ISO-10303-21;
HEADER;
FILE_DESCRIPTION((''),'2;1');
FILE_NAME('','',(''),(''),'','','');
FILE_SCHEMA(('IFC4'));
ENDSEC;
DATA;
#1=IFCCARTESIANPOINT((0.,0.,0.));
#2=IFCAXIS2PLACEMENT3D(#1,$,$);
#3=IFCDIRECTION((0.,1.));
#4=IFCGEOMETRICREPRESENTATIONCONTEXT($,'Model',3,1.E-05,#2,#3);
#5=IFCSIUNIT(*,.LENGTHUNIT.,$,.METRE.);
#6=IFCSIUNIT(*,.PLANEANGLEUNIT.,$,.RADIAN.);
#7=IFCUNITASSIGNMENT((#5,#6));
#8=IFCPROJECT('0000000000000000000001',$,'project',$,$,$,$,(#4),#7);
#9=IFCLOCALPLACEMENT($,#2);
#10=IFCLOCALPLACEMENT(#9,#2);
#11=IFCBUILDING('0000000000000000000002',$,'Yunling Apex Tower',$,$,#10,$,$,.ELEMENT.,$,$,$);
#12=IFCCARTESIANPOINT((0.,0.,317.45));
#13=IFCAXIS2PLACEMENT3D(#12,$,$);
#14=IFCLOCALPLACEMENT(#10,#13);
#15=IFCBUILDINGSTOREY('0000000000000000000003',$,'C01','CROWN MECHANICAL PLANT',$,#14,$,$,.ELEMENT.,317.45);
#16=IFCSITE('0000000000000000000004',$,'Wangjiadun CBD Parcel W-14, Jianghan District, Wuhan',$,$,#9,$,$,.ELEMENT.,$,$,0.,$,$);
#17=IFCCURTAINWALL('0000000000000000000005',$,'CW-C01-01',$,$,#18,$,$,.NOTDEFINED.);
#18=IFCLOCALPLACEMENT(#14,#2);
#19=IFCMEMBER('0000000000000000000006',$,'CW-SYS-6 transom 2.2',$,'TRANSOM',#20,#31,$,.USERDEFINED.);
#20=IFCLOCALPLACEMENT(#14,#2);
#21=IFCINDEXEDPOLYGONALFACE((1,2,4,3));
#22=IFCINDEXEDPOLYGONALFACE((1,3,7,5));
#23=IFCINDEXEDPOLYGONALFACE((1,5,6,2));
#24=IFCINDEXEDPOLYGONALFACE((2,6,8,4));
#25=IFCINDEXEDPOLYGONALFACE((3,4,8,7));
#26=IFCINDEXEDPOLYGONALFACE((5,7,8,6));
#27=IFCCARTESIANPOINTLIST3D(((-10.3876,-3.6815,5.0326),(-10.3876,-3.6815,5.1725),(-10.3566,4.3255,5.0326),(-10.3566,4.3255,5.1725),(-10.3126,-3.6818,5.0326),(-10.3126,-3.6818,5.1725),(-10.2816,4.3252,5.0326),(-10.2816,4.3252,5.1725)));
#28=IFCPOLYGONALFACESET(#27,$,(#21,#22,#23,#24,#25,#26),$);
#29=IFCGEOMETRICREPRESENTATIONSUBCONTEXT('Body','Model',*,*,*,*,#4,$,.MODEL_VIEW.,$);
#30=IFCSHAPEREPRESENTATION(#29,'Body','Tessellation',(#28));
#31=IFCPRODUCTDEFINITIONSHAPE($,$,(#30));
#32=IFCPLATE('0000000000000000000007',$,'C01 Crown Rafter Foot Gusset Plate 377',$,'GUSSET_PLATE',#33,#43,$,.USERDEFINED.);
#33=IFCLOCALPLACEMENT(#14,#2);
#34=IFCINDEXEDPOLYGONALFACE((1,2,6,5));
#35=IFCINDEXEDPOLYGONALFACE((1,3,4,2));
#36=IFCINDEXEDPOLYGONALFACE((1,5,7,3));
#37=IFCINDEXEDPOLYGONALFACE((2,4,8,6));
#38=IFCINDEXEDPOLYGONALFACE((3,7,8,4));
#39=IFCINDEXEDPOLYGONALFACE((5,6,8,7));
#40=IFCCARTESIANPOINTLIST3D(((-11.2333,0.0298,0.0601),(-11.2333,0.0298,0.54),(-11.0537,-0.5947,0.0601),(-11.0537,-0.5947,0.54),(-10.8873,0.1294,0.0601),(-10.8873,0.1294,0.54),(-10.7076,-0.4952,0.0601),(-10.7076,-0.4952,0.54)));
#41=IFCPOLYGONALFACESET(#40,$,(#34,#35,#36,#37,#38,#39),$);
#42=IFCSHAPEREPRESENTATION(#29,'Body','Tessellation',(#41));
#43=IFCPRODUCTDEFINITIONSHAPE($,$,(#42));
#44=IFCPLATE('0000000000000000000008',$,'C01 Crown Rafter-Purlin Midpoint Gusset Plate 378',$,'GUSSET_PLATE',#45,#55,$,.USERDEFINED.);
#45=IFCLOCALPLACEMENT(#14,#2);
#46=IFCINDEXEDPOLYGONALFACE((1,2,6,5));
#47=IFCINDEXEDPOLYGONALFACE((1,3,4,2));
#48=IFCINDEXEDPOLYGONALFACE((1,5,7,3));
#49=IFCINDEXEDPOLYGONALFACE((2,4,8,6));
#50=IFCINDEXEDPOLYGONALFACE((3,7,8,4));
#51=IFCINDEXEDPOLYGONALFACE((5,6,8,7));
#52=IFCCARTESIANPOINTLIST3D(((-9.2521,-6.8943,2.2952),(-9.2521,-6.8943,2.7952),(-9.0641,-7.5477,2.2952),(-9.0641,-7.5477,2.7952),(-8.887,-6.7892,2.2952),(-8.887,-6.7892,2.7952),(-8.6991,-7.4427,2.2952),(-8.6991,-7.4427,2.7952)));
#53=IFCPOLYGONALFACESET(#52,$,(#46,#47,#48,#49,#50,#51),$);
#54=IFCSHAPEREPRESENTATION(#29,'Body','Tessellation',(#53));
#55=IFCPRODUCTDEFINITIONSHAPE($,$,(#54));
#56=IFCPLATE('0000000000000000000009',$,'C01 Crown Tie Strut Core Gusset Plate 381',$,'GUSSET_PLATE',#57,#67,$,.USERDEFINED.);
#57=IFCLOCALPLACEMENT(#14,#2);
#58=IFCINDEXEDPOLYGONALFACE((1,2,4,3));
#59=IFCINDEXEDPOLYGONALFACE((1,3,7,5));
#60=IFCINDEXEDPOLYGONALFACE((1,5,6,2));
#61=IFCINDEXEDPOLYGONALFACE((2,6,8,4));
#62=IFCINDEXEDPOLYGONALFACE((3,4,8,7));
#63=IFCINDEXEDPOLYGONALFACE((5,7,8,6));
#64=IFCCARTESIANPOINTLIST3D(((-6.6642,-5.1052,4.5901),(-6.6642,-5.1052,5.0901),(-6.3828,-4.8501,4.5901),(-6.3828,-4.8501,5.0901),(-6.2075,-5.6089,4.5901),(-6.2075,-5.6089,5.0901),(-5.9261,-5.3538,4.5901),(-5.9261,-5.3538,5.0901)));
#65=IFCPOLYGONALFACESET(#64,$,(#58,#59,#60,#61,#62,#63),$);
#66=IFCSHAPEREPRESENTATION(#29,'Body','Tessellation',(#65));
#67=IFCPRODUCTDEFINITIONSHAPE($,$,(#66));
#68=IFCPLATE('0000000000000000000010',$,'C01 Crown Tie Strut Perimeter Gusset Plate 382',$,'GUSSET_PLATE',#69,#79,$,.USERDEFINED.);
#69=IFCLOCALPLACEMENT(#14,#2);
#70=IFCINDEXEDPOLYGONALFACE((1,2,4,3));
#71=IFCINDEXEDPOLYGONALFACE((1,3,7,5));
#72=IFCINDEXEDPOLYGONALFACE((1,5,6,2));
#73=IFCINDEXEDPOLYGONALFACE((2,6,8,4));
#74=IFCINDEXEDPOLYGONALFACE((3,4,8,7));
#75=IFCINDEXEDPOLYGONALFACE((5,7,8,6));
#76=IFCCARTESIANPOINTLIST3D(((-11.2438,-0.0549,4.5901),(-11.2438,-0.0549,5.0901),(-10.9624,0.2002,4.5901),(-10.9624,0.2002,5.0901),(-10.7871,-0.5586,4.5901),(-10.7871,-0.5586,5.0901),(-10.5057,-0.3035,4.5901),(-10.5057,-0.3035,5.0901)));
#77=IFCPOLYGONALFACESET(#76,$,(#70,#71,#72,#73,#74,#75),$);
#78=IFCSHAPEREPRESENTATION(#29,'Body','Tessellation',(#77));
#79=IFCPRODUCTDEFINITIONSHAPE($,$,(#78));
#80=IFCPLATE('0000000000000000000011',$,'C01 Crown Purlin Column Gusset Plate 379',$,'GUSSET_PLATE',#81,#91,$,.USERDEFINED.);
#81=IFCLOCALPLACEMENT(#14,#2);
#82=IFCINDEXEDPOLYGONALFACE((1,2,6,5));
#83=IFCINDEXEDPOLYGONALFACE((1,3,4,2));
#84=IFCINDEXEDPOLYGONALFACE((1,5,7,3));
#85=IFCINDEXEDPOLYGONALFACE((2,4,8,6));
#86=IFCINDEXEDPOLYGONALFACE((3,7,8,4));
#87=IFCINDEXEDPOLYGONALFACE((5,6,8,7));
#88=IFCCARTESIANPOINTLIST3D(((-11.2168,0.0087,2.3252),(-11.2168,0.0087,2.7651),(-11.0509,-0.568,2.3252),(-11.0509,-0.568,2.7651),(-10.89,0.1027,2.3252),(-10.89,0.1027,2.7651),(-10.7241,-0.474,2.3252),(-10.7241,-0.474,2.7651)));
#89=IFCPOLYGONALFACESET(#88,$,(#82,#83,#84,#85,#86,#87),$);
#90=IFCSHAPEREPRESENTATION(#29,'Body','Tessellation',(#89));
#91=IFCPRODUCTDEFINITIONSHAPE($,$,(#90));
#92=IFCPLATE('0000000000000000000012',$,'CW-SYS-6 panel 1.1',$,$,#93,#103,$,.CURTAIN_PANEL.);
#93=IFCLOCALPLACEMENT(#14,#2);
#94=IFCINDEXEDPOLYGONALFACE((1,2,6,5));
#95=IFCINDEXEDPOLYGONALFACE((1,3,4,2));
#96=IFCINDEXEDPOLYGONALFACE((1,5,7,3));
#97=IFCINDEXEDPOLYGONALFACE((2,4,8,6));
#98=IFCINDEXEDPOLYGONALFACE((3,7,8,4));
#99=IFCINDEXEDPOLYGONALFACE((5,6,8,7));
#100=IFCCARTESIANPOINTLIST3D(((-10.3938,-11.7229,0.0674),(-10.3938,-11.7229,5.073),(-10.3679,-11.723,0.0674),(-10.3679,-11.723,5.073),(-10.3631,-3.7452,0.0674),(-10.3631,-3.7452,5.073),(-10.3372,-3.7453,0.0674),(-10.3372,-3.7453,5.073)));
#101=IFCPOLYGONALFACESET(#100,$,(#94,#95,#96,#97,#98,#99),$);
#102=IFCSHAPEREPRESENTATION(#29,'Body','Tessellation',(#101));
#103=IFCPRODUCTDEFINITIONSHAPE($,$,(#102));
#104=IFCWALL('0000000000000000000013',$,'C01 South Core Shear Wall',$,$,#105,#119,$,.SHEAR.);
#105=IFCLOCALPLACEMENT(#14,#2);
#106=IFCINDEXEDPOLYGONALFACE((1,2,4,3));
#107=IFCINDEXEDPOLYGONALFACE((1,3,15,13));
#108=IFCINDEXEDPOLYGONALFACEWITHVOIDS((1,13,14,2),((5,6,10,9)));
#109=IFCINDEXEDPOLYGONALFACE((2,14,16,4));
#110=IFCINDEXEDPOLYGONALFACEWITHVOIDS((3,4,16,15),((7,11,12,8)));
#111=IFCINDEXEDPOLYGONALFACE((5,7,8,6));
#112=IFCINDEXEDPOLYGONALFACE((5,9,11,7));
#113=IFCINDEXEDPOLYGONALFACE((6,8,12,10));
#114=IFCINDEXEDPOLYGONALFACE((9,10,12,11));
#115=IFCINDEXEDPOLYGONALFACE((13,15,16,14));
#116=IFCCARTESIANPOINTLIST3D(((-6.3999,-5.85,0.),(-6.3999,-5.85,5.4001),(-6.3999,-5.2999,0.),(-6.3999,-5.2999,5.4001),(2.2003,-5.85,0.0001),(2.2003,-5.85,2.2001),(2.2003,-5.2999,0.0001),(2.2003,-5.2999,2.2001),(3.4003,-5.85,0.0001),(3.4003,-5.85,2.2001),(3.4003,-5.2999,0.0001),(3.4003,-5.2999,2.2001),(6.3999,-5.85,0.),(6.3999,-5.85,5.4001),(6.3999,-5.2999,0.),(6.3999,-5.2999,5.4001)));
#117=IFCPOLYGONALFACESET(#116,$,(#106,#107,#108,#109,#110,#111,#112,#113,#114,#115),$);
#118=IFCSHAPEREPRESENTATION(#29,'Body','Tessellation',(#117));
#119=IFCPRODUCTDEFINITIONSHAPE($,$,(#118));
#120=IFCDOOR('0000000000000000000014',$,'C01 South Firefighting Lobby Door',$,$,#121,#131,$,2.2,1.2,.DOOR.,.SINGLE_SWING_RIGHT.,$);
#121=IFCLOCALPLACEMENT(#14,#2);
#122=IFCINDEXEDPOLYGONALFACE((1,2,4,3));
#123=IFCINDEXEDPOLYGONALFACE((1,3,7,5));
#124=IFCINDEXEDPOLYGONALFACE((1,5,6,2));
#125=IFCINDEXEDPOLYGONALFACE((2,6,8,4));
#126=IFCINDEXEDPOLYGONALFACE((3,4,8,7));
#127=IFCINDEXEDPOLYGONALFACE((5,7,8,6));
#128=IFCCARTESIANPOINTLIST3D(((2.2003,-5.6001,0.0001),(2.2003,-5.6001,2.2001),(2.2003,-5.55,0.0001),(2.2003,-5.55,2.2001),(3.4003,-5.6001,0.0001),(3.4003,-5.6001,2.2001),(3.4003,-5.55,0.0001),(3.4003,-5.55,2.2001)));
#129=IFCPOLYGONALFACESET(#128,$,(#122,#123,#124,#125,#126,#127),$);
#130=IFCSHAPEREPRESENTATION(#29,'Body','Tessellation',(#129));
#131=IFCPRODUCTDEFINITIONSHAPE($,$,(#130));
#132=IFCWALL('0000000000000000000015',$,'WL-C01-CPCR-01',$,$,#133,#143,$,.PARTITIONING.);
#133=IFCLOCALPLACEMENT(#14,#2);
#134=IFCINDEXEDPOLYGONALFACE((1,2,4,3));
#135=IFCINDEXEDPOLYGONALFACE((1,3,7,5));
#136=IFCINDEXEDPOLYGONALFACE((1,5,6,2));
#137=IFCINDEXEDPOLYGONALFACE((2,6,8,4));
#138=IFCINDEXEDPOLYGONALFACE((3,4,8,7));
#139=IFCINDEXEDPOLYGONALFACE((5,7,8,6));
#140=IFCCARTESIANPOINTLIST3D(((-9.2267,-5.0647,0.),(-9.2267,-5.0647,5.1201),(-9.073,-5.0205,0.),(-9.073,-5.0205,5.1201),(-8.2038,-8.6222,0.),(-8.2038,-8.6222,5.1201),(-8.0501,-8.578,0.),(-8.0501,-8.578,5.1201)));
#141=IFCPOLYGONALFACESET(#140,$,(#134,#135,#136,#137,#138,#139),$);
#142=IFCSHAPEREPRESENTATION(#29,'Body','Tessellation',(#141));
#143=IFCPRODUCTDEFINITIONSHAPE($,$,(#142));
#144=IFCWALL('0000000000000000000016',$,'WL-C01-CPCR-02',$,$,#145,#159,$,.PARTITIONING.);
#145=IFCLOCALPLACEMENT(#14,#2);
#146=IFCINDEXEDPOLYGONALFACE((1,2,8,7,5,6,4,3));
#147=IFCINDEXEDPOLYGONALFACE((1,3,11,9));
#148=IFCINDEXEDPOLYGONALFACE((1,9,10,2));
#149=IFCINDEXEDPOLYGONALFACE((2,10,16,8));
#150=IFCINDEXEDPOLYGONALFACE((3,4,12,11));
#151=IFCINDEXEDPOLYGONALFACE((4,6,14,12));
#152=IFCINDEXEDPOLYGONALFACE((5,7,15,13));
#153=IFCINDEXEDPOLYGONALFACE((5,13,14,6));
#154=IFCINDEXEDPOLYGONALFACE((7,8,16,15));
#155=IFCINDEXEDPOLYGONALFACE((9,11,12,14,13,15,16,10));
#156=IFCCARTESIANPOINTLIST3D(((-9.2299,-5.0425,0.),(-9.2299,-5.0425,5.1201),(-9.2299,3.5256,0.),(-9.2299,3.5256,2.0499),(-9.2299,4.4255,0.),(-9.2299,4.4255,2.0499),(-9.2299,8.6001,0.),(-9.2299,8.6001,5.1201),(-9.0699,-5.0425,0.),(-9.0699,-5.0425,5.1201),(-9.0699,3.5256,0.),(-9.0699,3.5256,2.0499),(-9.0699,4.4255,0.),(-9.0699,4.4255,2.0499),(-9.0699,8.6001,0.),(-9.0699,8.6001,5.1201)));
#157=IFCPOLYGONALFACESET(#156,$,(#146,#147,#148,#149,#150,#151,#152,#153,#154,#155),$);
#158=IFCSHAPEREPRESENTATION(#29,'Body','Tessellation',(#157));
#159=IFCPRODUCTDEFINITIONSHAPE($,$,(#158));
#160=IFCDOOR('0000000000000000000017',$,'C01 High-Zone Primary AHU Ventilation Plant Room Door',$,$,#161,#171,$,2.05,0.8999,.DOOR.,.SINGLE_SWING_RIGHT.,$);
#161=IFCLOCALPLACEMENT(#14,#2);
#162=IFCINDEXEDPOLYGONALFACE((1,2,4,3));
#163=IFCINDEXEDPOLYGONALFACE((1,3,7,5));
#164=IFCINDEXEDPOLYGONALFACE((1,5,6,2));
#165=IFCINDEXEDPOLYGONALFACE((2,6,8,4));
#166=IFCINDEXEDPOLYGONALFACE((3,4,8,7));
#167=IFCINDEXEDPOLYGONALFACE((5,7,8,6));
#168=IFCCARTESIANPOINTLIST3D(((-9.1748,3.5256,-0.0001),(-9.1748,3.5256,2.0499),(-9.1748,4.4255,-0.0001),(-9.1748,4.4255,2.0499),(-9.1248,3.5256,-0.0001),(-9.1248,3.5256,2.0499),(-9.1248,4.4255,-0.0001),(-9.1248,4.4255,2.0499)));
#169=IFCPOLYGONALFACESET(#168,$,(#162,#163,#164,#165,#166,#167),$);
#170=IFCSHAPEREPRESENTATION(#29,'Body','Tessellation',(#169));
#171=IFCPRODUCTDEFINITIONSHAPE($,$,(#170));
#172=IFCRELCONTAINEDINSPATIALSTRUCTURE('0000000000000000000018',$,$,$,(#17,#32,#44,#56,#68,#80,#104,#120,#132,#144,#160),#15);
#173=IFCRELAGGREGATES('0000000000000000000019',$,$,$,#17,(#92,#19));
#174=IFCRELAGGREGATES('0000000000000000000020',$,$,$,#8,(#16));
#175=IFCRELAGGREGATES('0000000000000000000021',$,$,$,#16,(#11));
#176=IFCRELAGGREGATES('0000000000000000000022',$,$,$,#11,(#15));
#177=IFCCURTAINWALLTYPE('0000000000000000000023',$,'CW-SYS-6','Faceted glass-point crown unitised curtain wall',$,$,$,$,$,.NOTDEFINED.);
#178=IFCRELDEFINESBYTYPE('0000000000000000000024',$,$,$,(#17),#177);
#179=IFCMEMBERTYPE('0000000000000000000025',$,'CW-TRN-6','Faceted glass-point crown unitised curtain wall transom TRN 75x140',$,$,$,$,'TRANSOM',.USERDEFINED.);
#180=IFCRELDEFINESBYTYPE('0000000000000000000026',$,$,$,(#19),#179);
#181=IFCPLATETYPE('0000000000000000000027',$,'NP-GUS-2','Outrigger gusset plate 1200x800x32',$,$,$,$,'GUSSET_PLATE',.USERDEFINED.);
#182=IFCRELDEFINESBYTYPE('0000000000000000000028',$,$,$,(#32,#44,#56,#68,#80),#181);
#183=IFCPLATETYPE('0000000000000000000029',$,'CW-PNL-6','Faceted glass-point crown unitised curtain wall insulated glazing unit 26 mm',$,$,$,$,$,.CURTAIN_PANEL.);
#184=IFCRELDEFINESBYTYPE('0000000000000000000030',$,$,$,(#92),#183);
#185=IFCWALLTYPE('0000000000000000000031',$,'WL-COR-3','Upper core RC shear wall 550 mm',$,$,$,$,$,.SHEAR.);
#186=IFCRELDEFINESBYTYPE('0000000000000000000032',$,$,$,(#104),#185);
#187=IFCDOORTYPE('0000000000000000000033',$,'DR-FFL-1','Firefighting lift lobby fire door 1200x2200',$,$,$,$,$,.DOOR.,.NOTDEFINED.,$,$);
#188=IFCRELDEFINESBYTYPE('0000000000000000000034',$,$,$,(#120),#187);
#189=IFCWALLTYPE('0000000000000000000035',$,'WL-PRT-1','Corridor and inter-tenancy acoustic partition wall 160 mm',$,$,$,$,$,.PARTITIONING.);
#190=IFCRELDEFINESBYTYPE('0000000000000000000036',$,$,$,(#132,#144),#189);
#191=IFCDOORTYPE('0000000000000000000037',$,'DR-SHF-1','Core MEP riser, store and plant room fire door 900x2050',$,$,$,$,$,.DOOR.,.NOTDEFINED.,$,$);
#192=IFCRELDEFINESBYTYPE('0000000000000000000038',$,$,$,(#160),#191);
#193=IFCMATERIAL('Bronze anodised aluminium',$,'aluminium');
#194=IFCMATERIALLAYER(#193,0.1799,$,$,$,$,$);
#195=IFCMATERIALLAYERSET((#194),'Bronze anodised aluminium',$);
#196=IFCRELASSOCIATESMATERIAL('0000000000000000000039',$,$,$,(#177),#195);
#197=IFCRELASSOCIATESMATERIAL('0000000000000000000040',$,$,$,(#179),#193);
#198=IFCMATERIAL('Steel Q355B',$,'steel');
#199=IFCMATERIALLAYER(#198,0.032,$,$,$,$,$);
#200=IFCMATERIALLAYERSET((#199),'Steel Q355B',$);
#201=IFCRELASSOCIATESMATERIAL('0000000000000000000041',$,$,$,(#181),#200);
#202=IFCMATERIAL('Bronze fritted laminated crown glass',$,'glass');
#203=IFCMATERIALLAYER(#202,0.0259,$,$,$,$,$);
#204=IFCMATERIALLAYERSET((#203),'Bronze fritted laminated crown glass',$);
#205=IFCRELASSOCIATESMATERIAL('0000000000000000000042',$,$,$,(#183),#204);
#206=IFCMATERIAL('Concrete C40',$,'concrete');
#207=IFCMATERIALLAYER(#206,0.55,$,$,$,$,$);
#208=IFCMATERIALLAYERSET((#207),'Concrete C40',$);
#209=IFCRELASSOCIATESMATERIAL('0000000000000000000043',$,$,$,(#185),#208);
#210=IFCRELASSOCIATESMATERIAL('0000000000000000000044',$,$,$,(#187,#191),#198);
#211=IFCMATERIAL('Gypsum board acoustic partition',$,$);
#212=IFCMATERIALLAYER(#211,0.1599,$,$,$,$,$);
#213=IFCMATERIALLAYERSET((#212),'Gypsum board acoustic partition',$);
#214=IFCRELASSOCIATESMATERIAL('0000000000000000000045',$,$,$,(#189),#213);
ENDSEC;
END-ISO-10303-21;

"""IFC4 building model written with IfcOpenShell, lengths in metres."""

from ifc_helpers import new_model, si_unit, direction, frame, frame_2d, origin, origin_2d, place, context, subcontext, project, spatial, rectangle, extrude, source, transform, mapped, material, layer, layer_set, material_profile, profile_set, type_object, element, fill, aggregate, save


model = new_model("IFC4")

# Units and contexts
model_context = context("Model", 3, precision=1e-05, world=origin(), true_north=direction((0.0, 1.0)))
body_context = subcontext(model_context, "Body", "Model", "MODEL_VIEW")
ifc_project = project(units=[si_unit("LENGTHUNIT", "METRE"), si_unit("PLANEANGLEUNIT", "RADIAN")], contexts=[model_context])

# Site, building, storey
site_placement = place(None, origin())
site = spatial("IfcSite", under=ifc_project, at=site_placement, Name="Wangjiadun CBD Parcel W-14, Jianghan District, Wuhan", CompositionType="ELEMENT", RefElevation=0.0)
building_placement = place(site_placement, origin())
building = spatial("IfcBuilding", under=site, at=building_placement, Name="Yunling Apex Tower", CompositionType="ELEMENT")
storey_placement = place(building_placement, frame((0.0, 0.0, 317.45)))
storey = spatial("IfcBuildingStorey", under=building, at=storey_placement, Name="C01", Description="CROWN MECHANICAL PLANT", CompositionType="ELEMENT", Elevation=317.45)

# Shared definitions
ifc_material_1 = material(Name="Steel Q355B", Category="steel")

# Curtain wall, member
ifc_material_2 = material(Name="Bronze anodised aluminium", Category="aluminium")
ifc_layer_1 = layer(ifc_material_2, 0.1799)
ifc_layer_set_1 = layer_set([ifc_layer_1], Name="Bronze anodised aluminium")
curtain_wall_type = type_object("IfcCurtainWallType", Name="CW-SYS-6", Description="Faceted glass-point crown unitised curtain wall", PredefinedType="NOTDEFINED", material=ifc_layer_set_1)
curtain_wall_placement = place(storey_placement, origin())
curtain_wall = element("IfcCurtainWall", 1, at=curtain_wall_placement, inside=storey, type_object=curtain_wall_type, Name="CW-C01-01", PredefinedType="NOTDEFINED")
ifc_material_profile_1 = material_profile(ifc_material_2, rectangle(XDim=0.075, YDim=0.1399, at=origin_2d()))
ifc_profile_set_1 = profile_set([ifc_material_profile_1], Name="Bronze anodised aluminium")
member_type_1 = type_object("IfcMemberType", Name="CW-TRN-6", Description="Faceted glass-point crown unitised curtain wall transom TRN 75x140", ElementType="TRANSOM", PredefinedType="USERDEFINED", material=ifc_profile_set_1)
shared_shape_1 = source(origin(), body_context, "Body", "SweptSolid", [
    extrude(rectangle(XDim=0.075, YDim=0.1399, at=origin_2d()), origin(), (0.0, 0.0, 1.0), 8.0071),
])
member_1_placement = place(storey_placement, frame((-10.3501, -3.6816, 5.1025), z_axis=(0.003872, 0.999993, 0.0), x_axis=(-0.999993, 0.003872, 0.0)))
member_1 = element("IfcMember", 2, at=member_1_placement, type_object=member_type_1, Name="CW-SYS-6 transom 2.2", ObjectType="TRANSOM", PredefinedType="USERDEFINED", context=body_context, shape_type="MappedRepresentation", body=[
    mapped(shared_shape_1, transform((0.0, 0.0, 0.0), scale=1.0)),
])

# Plates
ifc_layer_2 = layer(ifc_material_1, 0.032)
ifc_layer_set_2 = layer_set([ifc_layer_2], Name="Steel Q355B")
plate_type_1 = type_object("IfcPlateType", Name="NP-GUS-2", Description="Outrigger gusset plate 1200x800x32", ElementType="GUSSET_PLATE", PredefinedType="USERDEFINED", material=ifc_layer_set_2)
shared_shape_2 = source(origin(), body_context, "Body", "SweptSolid", [
    extrude(rectangle(XDim=0.6499, YDim=0.3601, at=origin_2d()), origin(), (0.0, 0.0, 1.0), 0.48),
])
plate_1_placement = place(storey_placement, frame((-10.9705, -0.2327, 0.0601), z_axis=(0.0, 0.0, 1.0), x_axis=(0.276476, -0.961021, 0.0)))
element("IfcPlate", 3, at=plate_1_placement, inside=storey, type_object=plate_type_1, Name="C01 Crown Rafter Foot Gusset Plate 377", ObjectType="GUSSET_PLATE", PredefinedType="USERDEFINED", context=body_context, shape_type="MappedRepresentation", body=[
    mapped(shared_shape_2, transform((0.0, 0.0, 0.0), scale=1.0)),
])
shared_shape_3 = source(origin(), body_context, "Body", "SweptSolid", [
    extrude(rectangle(XDim=0.6799, YDim=0.3799, at=origin_2d()), origin(), (0.0, 0.0, 1.0), 0.5),
])
for number, where, z_axis, x_axis, name in (
    (4, (-8.9756, -7.1685, 2.2952), (0.0, 0.0, 1.0), (0.276476, -0.961021, 0.0), "C01 Crown Rafter-Purlin Midpoint Gusset Plate 378"),
    (5, (-6.2952, -5.2295, 4.5901), (0.0, 0.0, 1.0), (-0.671721, 0.740805, 0.0), "C01 Crown Tie Strut Core Gusset Plate 381"),
    (6, (-10.8748, -0.1792, 4.5901), (0.0, 0.0, 1.0), (-0.671721, 0.740805, 0.0), "C01 Crown Tie Strut Perimeter Gusset Plate 382"),
):
    element("IfcPlate", number, at=place(storey_placement, frame(where, z_axis=z_axis, x_axis=x_axis)), inside=storey, type_object=plate_type_1, Name=name, ObjectType="GUSSET_PLATE", PredefinedType="USERDEFINED", context=body_context, shape_type="MappedRepresentation", body=[
        mapped(shared_shape_3, transform((0.0, 0.0, 0.0), scale=1.0)),
    ])
shared_shape_4 = source(origin(), body_context, "Body", "SweptSolid", [
    extrude(rectangle(XDim=0.6001, YDim=0.3401, at=origin_2d()), origin(), (0.0, 0.0, 1.0), 0.4399),
])
plate_2_placement = place(storey_placement, frame((-10.9705, -0.2327, 2.3252), z_axis=(0.0, 0.0, 1.0), x_axis=(0.276476, -0.961021, 0.0)))
element("IfcPlate", 7, at=plate_2_placement, inside=storey, type_object=plate_type_1, Name="C01 Crown Purlin Column Gusset Plate 379", ObjectType="GUSSET_PLATE", PredefinedType="USERDEFINED", context=body_context, shape_type="MappedRepresentation", body=[
    mapped(shared_shape_4, transform((0.0, 0.0, 0.0), scale=1.0)),
])

# Plate
ifc_material_3 = material(Name="Bronze fritted laminated crown glass", Category="glass")
ifc_layer_3 = layer(ifc_material_3, 0.0259)
ifc_layer_set_3 = layer_set([ifc_layer_3], Name="Bronze fritted laminated crown glass")
plate_type_2 = type_object("IfcPlateType", Name="CW-PNL-6", Description="Faceted glass-point crown unitised curtain wall insulated glazing unit 26 mm", PredefinedType="CURTAIN_PANEL", material=ifc_layer_set_3)
shared_shape_5 = source(origin(), body_context, "Body", "SweptSolid", [
    extrude(rectangle(XDim=7.9778, YDim=0.0259, at=origin_2d()), origin(), (0.0, 0.0, 1.0), 5.0056),
])
plate_3_placement = place(storey_placement, frame((-10.3655, -7.7341, 0.0674), z_axis=(0.0, 0.0, 1.0), x_axis=(0.003847, 0.999993, 0.0)))
plate_3 = element("IfcPlate", 8, at=plate_3_placement, type_object=plate_type_2, Name="CW-SYS-6 panel 1.1", PredefinedType="CURTAIN_PANEL", context=body_context, shape_type="MappedRepresentation", body=[
    mapped(shared_shape_5, transform((0.0, 0.0, 0.0), scale=1.0)),
])
aggregate(curtain_wall, [plate_3, member_1])

# Wall, opening, door
ifc_material_4 = material(Name="Concrete C40", Category="concrete")
ifc_layer_4 = layer(ifc_material_4, 0.55)
ifc_layer_set_4 = layer_set([ifc_layer_4], Name="Concrete C40")
wall_type_1 = type_object("IfcWallType", Name="WL-COR-3", Description="Upper core RC shear wall 550 mm", PredefinedType="SHEAR", material=ifc_layer_set_4)
wall_1_placement = place(storey_placement, frame((-6.3999, -5.575, 0.0), z_axis=(0.0, 0.0, 1.0), x_axis=(1.0, 0.0, 0.0)))
wall_1 = element("IfcWall", 9, at=wall_1_placement, inside=storey, type_object=wall_type_1, Name="C01 South Core Shear Wall", PredefinedType="SHEAR", context=body_context, shape_type="SweptSolid", body=[
    extrude(rectangle(XDim=12.7998, YDim=0.55, at=frame_2d((6.3999, 0.0))), origin(), (0.0, 0.0, 1.0), 5.4001),
])
opening_1_placement = place(wall_1_placement, frame((8.6001, 0.0, 0.0)))
opening_1 = element("IfcOpeningElement", 10, at=opening_1_placement, cuts=wall_1, PredefinedType="OPENING", context=body_context, shape_type="SweptSolid", body=[
    extrude(rectangle(XDim=1.2, YDim=2.2, at=frame_2d((0.6001, 1.1001))), frame((0.0, 0.2852, 0.0), z_axis=(0.0, -1.0, 0.0), x_axis=(1.0, 0.0, 0.0)), (0.0, 0.0, 1.0), 0.5701),
])
door_type_1 = type_object("IfcDoorType", Name="DR-FFL-1", Description="Firefighting lift lobby fire door 1200x2200", OperationType="NOTDEFINED", PredefinedType="DOOR", material=ifc_material_1)
door_1_placement = place(opening_1_placement, origin())
door_1 = element("IfcDoor", 11, at=door_1_placement, inside=storey, type_object=door_type_1, Name="C01 South Firefighting Lobby Door", OperationType="SINGLE_SWING_RIGHT", OverallHeight=2.2, OverallWidth=1.2, PredefinedType="DOOR", context=body_context, shape_type="SweptSolid", body=[
    extrude(rectangle(XDim=1.2, YDim=2.2, at=frame_2d((0.6001, 1.1001))), frame((0.0, 0.0249, 0.0), z_axis=(0.0, -1.0, 0.0), x_axis=(1.0, 0.0, 0.0)), (0.0, 0.0, 1.0), 0.05),
])
fill(opening_1, door_1)

# Wall
ifc_material_5 = material(Name="Gypsum board acoustic partition")
ifc_layer_5 = layer(ifc_material_5, 0.1599)
ifc_layer_set_5 = layer_set([ifc_layer_5], Name="Gypsum board acoustic partition")
wall_type_2 = type_object("IfcWallType", Name="WL-PRT-1", Description="Corridor and inter-tenancy acoustic partition wall 160 mm", PredefinedType="PARTITIONING", material=ifc_layer_set_5)
wall_2_placement = place(storey_placement, frame((-8.127, -8.6001, 0.0), z_axis=(0.0, 0.0, 1.0), x_axis=(-0.276341, 0.96106, 0.0)))
element("IfcWall", 12, at=wall_2_placement, inside=storey, type_object=wall_type_2, Name="WL-C01-CPCR-01", PredefinedType="PARTITIONING", context=body_context, shape_type="SweptSolid", body=[
    extrude(rectangle(XDim=3.7017, YDim=0.1599, at=frame_2d((1.8508, 0.0))), origin(), (0.0, 0.0, 1.0), 5.1201),
])

# Wall, opening, door
wall_3_placement = place(storey_placement, frame((-9.1499, -5.0425, 0.0), z_axis=(0.0, 0.0, 1.0), x_axis=(0.0, 1.0, 0.0)))
wall_3 = element("IfcWall", 13, at=wall_3_placement, inside=storey, type_object=wall_type_2, Name="WL-C01-CPCR-02", PredefinedType="PARTITIONING", context=body_context, shape_type="SweptSolid", body=[
    extrude(rectangle(XDim=13.6426, YDim=0.1599, at=frame_2d((6.8213, 0.0))), origin(), (0.0, 0.0, 1.0), 5.1201),
])
opening_2_placement = place(wall_3_placement, frame((8.5681, 0.0, 0.0)))
opening_2 = element("IfcOpeningElement", 14, at=opening_2_placement, cuts=wall_3, PredefinedType="OPENING", context=body_context, shape_type="SweptSolid", body=[
    extrude(rectangle(XDim=0.8999, YDim=2.05, at=frame_2d((0.45, 1.0249))), frame((0.0, 0.0898, 0.0), z_axis=(0.0, -1.0, 0.0), x_axis=(1.0, 0.0, 0.0)), (0.0, 0.0, 1.0), 0.1799),
])
door_type_2 = type_object("IfcDoorType", Name="DR-SHF-1", Description="Core MEP riser, store and plant room fire door 900x2050", OperationType="NOTDEFINED", PredefinedType="DOOR", material=ifc_material_1)
door_2_placement = place(opening_2_placement, origin())
door_2 = element("IfcDoor", 15, at=door_2_placement, inside=storey, type_object=door_type_2, Name="C01 High-Zone Primary AHU Ventilation Plant Room Door", OperationType="SINGLE_SWING_RIGHT", OverallHeight=2.05, OverallWidth=0.8999, PredefinedType="DOOR", context=body_context, shape_type="SweptSolid", body=[
    extrude(rectangle(XDim=0.8999, YDim=2.05, at=frame_2d((0.45, 1.0249))), frame((0.0, 0.0249, 0.0), z_axis=(0.0, -1.0, 0.0), x_axis=(1.0, 0.0, 0.0)), (0.0, 0.0, 1.0), 0.05),
])
fill(opening_2, door_2)

save(model, "model.ifc")
